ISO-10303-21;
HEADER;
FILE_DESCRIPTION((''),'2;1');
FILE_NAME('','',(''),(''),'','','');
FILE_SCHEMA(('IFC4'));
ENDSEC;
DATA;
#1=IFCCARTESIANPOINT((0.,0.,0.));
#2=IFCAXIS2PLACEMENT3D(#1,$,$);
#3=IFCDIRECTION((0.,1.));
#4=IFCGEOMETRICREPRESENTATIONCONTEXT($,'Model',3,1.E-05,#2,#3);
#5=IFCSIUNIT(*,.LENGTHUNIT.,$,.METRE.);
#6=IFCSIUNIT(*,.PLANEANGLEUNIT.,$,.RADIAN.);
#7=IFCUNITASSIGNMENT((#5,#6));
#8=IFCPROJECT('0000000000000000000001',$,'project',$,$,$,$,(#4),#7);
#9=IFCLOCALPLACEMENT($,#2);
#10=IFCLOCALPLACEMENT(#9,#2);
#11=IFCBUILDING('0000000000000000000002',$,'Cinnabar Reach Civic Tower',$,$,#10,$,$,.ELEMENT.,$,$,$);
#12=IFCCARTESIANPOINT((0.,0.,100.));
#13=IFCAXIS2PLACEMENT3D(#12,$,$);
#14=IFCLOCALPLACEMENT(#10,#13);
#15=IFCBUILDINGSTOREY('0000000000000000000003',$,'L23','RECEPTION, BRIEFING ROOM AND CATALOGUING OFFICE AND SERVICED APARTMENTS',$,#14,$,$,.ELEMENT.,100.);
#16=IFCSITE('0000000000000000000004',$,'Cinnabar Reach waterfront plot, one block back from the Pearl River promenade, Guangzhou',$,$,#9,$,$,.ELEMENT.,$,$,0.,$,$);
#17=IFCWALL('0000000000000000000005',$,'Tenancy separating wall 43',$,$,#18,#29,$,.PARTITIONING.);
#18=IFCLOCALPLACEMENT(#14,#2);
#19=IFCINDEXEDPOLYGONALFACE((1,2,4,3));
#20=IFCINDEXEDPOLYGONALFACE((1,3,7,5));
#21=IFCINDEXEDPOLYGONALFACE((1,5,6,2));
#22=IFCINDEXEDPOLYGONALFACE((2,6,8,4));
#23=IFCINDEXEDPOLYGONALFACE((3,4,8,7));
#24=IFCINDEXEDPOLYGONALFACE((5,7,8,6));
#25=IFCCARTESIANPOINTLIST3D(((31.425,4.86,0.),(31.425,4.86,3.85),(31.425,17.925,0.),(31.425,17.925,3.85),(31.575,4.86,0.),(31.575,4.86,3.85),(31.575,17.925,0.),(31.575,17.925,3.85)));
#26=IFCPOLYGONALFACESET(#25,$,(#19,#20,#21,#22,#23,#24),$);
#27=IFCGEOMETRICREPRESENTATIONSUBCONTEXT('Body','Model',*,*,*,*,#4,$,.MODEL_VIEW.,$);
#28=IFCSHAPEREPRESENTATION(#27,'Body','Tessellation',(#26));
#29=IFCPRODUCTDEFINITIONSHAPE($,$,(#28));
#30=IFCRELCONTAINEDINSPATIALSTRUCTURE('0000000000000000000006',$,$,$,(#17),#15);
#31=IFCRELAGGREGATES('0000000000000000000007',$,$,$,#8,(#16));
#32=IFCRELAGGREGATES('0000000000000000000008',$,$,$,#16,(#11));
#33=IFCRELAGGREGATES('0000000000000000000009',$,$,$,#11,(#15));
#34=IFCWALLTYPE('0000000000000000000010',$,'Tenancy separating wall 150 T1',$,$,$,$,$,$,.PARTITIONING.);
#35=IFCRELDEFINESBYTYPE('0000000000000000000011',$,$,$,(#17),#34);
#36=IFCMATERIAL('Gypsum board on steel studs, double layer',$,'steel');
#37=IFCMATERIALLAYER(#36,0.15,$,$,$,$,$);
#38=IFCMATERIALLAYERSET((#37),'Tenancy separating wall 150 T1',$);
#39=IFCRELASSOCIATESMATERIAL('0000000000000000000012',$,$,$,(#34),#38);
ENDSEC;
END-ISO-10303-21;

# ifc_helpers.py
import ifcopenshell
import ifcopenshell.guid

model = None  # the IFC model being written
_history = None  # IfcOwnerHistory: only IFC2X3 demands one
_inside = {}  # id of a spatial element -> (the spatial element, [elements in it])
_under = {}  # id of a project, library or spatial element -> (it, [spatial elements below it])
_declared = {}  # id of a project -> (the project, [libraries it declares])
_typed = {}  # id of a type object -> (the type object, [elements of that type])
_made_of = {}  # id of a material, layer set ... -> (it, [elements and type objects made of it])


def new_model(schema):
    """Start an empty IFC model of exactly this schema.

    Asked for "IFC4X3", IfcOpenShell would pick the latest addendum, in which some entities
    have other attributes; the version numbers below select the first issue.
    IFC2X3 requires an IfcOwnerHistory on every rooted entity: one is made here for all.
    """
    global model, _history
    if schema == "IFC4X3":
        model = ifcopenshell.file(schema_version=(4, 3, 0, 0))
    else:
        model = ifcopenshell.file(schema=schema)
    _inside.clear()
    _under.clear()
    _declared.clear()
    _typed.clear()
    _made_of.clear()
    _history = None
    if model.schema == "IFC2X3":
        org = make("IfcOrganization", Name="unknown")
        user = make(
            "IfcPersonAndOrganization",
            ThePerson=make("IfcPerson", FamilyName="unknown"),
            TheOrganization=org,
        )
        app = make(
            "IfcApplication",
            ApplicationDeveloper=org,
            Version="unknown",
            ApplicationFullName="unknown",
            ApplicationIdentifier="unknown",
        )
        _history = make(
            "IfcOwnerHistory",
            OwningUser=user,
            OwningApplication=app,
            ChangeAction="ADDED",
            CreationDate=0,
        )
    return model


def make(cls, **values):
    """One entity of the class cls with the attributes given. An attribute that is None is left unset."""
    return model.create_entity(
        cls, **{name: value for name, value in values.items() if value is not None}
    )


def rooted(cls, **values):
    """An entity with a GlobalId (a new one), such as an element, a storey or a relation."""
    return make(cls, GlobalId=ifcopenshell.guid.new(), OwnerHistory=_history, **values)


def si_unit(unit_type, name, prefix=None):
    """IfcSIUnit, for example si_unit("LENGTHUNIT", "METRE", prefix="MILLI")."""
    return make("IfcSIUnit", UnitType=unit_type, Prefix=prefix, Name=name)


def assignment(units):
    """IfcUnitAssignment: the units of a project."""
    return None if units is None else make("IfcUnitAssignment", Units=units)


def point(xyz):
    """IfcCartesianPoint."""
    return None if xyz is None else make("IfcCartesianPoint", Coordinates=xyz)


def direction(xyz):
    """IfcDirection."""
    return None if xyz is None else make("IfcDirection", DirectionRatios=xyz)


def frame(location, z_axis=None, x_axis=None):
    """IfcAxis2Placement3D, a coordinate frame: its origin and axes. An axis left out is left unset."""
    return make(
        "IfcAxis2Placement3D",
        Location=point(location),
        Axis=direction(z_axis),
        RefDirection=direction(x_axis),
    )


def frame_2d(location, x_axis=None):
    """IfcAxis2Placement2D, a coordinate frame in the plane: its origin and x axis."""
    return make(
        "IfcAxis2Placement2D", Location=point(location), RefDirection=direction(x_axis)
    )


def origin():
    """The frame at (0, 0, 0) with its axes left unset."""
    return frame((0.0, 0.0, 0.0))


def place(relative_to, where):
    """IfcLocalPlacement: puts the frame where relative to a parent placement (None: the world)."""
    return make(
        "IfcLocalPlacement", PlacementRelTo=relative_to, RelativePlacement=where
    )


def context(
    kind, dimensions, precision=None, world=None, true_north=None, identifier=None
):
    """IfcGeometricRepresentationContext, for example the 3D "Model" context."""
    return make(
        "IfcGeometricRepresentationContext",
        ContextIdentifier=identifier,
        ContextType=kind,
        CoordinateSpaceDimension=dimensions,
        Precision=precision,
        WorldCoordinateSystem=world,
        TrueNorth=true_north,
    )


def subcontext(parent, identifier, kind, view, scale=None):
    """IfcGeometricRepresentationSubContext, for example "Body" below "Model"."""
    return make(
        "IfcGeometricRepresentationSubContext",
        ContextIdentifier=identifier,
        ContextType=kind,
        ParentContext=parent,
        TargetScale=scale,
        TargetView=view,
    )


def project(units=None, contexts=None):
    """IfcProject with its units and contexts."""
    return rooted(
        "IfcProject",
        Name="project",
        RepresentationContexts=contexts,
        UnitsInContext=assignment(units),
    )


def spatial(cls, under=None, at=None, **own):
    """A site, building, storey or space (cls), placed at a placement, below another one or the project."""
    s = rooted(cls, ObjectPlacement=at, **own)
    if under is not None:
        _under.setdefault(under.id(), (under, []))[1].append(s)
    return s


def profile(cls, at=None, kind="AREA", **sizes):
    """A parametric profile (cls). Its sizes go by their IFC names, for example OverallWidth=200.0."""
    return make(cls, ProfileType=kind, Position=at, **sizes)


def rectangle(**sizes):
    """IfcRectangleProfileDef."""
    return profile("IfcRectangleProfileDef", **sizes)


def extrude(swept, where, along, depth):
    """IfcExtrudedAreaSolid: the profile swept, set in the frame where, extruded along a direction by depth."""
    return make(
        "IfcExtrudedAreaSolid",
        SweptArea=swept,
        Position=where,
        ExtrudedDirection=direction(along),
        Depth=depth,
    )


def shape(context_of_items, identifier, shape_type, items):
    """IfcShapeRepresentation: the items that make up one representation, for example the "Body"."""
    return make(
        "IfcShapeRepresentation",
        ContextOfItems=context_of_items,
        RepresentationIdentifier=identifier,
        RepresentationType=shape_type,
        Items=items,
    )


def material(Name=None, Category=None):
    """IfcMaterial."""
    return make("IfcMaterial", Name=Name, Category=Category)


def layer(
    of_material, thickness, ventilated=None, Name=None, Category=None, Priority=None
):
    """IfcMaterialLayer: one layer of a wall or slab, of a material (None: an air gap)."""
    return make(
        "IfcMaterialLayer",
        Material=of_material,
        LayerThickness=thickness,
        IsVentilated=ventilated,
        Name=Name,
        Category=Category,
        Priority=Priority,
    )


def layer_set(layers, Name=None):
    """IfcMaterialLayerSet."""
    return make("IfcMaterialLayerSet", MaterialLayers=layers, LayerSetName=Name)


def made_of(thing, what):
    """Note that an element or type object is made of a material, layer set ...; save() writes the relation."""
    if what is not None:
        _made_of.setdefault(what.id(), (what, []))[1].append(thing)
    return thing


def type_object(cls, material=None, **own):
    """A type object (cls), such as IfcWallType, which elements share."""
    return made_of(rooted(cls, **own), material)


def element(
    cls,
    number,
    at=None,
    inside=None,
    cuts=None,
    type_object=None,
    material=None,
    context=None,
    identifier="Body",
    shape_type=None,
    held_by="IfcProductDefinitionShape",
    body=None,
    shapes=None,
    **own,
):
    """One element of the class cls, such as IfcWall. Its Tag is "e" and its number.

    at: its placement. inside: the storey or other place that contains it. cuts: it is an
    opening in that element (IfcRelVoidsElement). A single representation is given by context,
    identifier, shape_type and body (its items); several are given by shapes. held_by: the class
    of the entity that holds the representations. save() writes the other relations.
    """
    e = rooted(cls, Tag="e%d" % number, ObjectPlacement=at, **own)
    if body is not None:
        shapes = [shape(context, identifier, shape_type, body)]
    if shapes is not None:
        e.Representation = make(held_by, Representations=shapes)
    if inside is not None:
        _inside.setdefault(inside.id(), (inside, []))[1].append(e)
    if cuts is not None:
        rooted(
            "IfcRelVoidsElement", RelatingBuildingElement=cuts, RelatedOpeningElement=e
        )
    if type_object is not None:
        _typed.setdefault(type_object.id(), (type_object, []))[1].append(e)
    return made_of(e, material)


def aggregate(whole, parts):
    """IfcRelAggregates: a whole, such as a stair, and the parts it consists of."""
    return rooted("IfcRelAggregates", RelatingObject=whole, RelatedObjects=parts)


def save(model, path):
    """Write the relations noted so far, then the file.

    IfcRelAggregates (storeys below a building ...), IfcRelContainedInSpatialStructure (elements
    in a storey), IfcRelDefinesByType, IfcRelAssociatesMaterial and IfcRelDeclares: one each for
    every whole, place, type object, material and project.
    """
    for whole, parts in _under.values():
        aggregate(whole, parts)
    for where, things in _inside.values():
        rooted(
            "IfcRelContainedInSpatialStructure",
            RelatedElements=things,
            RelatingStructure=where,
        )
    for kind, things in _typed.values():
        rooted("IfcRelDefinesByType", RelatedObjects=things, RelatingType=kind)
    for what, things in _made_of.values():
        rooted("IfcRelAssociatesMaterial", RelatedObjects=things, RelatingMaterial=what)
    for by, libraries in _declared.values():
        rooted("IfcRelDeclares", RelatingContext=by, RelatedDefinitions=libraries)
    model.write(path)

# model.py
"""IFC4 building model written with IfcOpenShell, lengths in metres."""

from ifc_helpers import new_model, si_unit, direction, frame, frame_2d, origin, place, context, subcontext, project, spatial, rectangle, extrude, material, layer, layer_set, type_object, element, save


model = new_model("IFC4")

# Units and contexts
model_context = context("Model", 3, precision=1e-05, world=origin(), true_north=direction((0.0, 1.0)))
body_context = subcontext(model_context, "Body", "Model", "MODEL_VIEW")
ifc_project = project(units=[si_unit("LENGTHUNIT", "METRE"), si_unit("PLANEANGLEUNIT", "RADIAN")], contexts=[model_context])

# Site, building, storey
site_placement = place(None, origin())
site = spatial("IfcSite", under=ifc_project, at=site_placement, Name="Cinnabar Reach waterfront plot, one block back from the Pearl River promenade, Guangzhou", CompositionType="ELEMENT", RefElevation=0.0)
building_placement = place(site_placement, origin())
building = spatial("IfcBuilding", under=site, at=building_placement, Name="Cinnabar Reach Civic Tower", CompositionType="ELEMENT")
storey_placement = place(building_placement, frame((0.0, 0.0, 100.0)))
storey = spatial("IfcBuildingStorey", under=building, at=storey_placement, Name="L23", Description="RECEPTION, BRIEFING ROOM AND CATALOGUING OFFICE AND SERVICED APARTMENTS", CompositionType="ELEMENT", Elevation=100.0)

# Wall
ifc_material_1 = material(Name="Gypsum board on steel studs, double layer", Category="steel")
ifc_layer_1 = layer(ifc_material_1, 0.15)
ifc_layer_set_1 = layer_set([ifc_layer_1], Name="Tenancy separating wall 150 T1")
wall_type_1 = type_object("IfcWallType", Name="Tenancy separating wall 150 T1", PredefinedType="PARTITIONING", material=ifc_layer_set_1)
wall_1_placement = place(storey_placement, frame((31.5, 4.86, 0.0), z_axis=(0.0, 0.0, 1.0), x_axis=(0.0, 1.0, 0.0)))
element("IfcWall", 1, at=wall_1_placement, inside=storey, type_object=wall_type_1, Name="Tenancy separating wall 43", PredefinedType="PARTITIONING", context=body_context, shape_type="SweptSolid", body=[
    extrude(rectangle(XDim=13.065, YDim=0.15, at=frame_2d((6.5325, 0.0))), origin(), (0.0, 0.0, 1.0), 3.85),
])

save(model, "model.ifc")
